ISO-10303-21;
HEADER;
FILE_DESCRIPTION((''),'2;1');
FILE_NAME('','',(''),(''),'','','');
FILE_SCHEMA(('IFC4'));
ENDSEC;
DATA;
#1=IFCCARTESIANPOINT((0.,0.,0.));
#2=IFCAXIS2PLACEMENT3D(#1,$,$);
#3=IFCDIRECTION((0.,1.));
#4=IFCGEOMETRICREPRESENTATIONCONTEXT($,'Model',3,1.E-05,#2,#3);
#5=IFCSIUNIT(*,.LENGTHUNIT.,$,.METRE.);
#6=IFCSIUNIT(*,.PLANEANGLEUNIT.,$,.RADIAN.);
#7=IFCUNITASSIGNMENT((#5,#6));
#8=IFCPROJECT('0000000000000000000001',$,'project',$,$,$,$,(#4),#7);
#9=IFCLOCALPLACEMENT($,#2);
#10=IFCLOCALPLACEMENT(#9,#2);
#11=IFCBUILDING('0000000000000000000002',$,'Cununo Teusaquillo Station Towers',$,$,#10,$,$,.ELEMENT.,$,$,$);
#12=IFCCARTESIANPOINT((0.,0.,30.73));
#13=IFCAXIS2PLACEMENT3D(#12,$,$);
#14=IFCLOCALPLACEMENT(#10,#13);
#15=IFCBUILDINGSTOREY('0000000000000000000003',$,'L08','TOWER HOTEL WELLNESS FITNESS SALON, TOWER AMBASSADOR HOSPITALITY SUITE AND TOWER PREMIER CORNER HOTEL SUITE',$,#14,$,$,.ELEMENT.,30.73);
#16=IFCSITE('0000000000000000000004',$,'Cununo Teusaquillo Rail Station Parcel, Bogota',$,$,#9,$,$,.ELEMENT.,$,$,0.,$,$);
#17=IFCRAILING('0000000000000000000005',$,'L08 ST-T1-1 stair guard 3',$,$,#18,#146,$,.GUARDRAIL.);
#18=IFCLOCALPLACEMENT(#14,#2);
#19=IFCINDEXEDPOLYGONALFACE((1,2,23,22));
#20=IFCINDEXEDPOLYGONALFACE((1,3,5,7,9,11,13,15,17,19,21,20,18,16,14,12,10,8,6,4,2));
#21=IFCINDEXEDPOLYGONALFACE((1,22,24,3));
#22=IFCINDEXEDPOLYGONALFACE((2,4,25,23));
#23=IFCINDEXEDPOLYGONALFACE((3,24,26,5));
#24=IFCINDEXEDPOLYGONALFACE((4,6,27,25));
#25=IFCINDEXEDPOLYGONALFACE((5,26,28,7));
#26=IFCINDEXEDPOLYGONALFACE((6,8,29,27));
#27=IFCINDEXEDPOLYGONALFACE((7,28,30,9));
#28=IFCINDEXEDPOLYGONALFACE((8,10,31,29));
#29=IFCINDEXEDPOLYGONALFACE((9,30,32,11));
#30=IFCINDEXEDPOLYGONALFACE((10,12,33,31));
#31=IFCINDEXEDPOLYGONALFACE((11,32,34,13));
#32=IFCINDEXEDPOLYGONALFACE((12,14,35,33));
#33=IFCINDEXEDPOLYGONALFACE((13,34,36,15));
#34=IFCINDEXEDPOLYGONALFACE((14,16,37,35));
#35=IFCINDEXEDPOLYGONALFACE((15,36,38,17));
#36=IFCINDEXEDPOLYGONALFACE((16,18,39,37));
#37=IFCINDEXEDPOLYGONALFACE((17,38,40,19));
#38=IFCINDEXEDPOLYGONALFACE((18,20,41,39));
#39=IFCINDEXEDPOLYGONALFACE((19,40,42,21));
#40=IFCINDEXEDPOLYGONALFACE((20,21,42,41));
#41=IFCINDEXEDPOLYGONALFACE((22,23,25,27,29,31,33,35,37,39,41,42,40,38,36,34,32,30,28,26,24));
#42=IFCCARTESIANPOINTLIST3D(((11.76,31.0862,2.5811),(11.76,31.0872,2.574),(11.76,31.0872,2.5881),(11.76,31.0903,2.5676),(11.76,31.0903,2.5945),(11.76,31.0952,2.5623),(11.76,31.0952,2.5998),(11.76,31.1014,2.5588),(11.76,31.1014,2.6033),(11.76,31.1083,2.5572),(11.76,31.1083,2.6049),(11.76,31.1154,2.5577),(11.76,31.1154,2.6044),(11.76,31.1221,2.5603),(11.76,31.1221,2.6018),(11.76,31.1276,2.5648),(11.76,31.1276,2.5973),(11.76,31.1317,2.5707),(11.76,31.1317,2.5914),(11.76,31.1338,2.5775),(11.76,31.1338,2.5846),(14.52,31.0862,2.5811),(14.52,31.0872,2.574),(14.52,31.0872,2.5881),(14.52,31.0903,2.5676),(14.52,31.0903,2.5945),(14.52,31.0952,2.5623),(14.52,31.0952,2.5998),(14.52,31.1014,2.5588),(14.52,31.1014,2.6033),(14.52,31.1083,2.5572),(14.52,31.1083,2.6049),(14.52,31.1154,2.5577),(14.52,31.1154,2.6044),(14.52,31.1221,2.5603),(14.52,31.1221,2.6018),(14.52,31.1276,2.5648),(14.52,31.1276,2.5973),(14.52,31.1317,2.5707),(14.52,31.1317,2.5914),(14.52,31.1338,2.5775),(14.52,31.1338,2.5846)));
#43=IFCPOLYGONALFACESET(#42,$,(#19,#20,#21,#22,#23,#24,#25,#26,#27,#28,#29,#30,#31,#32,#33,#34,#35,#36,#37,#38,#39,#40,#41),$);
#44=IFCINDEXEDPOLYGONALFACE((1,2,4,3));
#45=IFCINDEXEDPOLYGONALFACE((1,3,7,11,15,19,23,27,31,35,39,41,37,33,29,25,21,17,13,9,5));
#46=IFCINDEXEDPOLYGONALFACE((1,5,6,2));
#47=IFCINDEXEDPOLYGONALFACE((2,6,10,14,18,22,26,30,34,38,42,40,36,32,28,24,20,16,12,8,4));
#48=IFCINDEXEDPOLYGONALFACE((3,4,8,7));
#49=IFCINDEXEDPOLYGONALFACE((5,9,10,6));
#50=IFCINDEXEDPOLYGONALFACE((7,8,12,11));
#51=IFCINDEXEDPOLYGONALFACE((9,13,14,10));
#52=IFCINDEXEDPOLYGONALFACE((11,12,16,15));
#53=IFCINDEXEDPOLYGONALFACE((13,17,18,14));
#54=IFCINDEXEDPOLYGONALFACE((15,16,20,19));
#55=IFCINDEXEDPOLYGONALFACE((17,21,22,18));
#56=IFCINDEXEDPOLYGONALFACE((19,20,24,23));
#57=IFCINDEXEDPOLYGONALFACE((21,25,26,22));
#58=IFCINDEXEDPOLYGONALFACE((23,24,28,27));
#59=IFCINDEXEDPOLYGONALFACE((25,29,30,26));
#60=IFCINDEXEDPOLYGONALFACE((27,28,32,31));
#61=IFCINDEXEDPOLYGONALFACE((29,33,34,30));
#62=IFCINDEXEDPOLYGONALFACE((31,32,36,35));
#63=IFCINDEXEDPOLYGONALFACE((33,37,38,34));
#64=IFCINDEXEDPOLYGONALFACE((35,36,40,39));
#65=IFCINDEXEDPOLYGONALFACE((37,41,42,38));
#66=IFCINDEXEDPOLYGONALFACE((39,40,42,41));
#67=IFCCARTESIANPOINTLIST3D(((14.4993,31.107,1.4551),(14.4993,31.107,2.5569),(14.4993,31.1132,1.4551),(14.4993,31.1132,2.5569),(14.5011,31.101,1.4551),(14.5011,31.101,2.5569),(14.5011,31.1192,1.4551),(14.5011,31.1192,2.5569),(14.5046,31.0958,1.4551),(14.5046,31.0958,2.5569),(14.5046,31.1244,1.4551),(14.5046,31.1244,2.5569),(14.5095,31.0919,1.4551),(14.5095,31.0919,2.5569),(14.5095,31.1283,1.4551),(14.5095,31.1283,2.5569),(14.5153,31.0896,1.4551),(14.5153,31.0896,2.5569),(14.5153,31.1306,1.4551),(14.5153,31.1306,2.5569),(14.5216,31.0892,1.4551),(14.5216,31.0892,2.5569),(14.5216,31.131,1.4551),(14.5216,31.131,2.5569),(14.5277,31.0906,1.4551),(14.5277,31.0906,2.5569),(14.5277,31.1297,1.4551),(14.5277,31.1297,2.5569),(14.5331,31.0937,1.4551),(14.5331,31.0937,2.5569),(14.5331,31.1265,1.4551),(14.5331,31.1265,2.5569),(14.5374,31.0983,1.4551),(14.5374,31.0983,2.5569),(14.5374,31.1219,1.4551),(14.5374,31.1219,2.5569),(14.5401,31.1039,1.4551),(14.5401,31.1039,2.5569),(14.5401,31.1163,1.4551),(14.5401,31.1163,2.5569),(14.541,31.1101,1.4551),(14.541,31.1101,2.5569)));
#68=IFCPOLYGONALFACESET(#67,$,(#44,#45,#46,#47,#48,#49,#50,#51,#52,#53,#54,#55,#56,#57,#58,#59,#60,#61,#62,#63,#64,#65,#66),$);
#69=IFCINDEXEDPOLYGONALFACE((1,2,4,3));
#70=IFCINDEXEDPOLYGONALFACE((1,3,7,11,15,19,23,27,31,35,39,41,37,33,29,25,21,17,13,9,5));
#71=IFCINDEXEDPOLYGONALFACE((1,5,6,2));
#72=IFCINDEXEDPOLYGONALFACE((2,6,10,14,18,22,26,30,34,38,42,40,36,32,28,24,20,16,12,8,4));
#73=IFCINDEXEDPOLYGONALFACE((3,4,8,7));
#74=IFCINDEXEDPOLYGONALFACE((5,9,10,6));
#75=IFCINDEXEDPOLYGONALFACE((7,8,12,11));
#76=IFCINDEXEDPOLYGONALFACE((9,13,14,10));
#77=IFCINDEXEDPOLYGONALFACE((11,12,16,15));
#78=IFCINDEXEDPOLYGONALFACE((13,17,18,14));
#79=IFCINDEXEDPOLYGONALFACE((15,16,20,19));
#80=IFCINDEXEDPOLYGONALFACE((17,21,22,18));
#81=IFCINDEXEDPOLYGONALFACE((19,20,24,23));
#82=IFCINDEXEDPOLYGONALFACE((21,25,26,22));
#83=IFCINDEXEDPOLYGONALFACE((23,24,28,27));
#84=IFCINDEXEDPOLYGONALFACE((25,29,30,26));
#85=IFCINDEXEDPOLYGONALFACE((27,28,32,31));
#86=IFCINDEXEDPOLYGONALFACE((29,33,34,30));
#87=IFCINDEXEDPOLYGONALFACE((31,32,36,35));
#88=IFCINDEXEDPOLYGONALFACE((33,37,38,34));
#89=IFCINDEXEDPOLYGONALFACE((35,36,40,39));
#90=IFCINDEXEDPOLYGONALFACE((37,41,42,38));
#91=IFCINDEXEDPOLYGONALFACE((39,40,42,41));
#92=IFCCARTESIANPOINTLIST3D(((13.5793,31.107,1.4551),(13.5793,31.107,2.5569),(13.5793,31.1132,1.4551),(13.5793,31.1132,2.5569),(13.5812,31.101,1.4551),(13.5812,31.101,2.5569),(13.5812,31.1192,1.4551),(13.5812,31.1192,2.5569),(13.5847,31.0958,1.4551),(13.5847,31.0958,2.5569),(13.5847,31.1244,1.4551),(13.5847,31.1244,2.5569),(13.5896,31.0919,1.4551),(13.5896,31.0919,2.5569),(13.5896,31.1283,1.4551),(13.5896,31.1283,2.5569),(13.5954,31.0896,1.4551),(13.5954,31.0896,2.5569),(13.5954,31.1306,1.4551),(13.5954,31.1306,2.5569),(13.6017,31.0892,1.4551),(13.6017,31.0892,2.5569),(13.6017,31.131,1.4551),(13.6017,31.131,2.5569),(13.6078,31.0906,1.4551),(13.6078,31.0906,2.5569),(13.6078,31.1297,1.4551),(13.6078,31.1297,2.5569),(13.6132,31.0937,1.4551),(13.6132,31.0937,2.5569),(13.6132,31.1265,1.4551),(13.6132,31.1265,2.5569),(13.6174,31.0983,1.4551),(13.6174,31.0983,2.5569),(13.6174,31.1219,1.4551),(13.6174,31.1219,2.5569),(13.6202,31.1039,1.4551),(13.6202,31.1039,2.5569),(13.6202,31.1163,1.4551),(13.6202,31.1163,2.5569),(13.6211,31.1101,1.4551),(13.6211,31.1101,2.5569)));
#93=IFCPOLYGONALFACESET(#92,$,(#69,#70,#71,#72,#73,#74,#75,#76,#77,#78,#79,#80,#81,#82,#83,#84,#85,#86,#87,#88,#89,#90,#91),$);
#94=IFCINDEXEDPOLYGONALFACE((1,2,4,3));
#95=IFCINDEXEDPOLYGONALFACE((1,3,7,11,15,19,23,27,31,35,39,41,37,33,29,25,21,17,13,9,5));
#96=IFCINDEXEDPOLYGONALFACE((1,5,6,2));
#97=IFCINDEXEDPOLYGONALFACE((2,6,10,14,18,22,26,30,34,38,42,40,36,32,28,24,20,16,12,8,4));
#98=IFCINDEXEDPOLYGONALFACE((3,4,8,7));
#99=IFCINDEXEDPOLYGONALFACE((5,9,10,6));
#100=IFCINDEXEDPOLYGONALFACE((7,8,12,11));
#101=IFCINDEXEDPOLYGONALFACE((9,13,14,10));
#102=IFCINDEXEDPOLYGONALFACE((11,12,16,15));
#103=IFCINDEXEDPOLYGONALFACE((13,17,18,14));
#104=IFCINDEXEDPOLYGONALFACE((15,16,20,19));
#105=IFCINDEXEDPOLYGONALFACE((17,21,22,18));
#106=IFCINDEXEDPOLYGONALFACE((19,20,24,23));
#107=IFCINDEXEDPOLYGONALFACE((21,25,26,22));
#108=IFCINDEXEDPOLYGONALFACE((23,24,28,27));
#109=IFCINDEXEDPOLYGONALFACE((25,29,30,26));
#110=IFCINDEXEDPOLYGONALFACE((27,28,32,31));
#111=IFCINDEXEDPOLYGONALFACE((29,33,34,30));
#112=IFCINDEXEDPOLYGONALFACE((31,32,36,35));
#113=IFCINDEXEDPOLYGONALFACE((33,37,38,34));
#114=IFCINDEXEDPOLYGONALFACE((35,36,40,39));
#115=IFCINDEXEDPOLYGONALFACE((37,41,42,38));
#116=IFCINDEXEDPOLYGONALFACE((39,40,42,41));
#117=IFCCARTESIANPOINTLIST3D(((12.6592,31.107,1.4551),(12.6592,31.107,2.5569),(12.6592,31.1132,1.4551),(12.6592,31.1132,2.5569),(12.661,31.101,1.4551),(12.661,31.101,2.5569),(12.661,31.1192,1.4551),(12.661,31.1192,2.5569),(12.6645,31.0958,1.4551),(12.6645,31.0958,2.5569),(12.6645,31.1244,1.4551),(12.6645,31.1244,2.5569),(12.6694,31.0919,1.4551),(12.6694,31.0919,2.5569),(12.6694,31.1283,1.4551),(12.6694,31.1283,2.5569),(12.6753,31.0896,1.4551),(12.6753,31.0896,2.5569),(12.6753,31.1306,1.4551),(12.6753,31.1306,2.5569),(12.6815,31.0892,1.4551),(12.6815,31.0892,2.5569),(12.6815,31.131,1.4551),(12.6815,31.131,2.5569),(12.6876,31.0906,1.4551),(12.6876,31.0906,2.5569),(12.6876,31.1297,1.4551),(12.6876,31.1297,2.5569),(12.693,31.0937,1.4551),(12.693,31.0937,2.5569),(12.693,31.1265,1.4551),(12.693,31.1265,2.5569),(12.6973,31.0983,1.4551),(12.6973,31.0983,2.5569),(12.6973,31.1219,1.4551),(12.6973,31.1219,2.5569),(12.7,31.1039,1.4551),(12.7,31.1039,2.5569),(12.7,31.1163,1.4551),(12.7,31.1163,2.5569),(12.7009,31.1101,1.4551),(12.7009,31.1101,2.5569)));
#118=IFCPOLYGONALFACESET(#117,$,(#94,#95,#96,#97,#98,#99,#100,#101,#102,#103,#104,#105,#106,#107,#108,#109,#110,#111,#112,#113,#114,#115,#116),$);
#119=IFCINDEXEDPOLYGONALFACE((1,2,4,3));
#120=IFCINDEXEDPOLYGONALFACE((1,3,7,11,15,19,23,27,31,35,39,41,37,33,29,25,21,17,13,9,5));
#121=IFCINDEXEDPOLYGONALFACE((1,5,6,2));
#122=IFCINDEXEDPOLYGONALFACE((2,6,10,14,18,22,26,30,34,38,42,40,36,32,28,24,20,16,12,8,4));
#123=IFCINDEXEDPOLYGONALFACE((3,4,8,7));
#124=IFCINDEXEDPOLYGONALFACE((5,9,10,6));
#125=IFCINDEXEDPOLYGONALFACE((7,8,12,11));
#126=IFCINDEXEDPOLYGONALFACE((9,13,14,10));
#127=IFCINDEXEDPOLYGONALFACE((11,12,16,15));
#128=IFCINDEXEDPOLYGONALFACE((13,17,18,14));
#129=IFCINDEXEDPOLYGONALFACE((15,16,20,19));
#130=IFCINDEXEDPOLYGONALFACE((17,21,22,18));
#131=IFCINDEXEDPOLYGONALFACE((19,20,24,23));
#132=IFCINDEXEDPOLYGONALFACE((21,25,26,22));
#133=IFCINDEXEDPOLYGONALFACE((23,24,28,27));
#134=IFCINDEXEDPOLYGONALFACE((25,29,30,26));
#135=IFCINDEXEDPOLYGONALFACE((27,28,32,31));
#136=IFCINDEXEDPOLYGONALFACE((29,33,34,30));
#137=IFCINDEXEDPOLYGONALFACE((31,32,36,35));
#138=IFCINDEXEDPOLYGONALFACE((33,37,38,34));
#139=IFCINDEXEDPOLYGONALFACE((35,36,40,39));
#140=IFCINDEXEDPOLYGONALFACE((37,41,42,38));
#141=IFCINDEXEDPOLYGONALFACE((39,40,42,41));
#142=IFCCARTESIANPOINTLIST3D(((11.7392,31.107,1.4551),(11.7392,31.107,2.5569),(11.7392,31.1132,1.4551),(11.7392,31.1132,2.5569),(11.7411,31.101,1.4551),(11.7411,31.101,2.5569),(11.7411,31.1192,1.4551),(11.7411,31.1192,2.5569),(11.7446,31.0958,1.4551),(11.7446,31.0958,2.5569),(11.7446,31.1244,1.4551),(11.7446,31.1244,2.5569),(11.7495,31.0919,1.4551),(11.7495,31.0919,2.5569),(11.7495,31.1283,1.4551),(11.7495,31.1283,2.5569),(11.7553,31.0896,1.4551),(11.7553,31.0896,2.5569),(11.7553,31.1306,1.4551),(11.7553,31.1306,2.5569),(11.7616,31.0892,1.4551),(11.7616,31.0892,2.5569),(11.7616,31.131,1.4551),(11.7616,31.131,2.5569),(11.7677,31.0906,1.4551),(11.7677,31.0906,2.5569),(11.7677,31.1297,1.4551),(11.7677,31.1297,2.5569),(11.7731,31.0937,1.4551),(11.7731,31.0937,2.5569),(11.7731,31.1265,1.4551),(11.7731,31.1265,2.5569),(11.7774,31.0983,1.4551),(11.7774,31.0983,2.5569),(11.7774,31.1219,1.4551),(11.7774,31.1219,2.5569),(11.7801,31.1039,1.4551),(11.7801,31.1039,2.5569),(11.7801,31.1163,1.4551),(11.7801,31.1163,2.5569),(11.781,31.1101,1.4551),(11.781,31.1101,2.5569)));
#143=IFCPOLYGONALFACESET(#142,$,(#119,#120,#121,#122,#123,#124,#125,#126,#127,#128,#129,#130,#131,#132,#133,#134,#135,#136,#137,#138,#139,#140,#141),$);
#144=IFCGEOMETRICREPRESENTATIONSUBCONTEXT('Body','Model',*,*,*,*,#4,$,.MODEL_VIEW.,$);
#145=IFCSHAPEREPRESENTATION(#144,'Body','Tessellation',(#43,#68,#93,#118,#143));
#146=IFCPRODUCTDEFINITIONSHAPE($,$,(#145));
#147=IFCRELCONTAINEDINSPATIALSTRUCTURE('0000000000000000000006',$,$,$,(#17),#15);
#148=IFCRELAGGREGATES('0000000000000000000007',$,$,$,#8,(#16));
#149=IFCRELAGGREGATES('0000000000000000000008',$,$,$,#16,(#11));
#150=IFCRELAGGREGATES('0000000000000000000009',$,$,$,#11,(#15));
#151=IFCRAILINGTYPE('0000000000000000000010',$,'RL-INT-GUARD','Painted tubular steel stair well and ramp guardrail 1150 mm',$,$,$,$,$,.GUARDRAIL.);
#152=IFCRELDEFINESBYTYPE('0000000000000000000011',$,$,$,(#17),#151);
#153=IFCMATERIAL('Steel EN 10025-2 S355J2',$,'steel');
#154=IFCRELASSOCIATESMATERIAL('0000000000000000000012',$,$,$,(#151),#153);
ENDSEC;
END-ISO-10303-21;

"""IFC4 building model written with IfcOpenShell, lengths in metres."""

from ifc_helpers import new_model, si_unit, direction, frame, origin, origin_2d, place, context, subcontext, project, spatial, circle, extrude, material, type_object, element, save


model = new_model("IFC4")

# Units and contexts
model_context = context("Model", 3, precision=1e-05, world=origin(), true_north=direction((0.0, 1.0)))
body_context = subcontext(model_context, "Body", "Model", "MODEL_VIEW")
ifc_project = project(units=[si_unit("LENGTHUNIT", "METRE"), si_unit("PLANEANGLEUNIT", "RADIAN")], contexts=[model_context])

# Site, building, storey
site_placement = place(None, origin())
site = spatial("IfcSite", under=ifc_project, at=site_placement, Name="Cununo Teusaquillo Rail Station Parcel, Bogota", CompositionType="ELEMENT", RefElevation=0.0)
building_placement = place(site_placement, origin())
building = spatial("IfcBuilding", under=site, at=building_placement, Name="Cununo Teusaquillo Station Towers", CompositionType="ELEMENT")
storey_placement = place(building_placement, frame((0.0, 0.0, 30.73)))
storey = spatial("IfcBuildingStorey", under=building, at=storey_placement, Name="L08", Description="TOWER HOTEL WELLNESS FITNESS SALON, TOWER AMBASSADOR HOSPITALITY SUITE AND TOWER PREMIER CORNER HOTEL SUITE", CompositionType="ELEMENT", Elevation=30.73)

# Railing
ifc_material_1 = material(Name="Steel EN 10025-2 S355J2", Category="steel")
railing_type_1 = type_object("IfcRailingType", Name="RL-INT-GUARD", Description="Painted tubular steel stair well and ramp guardrail 1150 mm", PredefinedType="GUARDRAIL", material=ifc_material_1)
railing_1_placement = place(storey_placement, frame((14.52, 31.1101, 1.4551)))
element("IfcRailing", 1, at=railing_1_placement, inside=storey, type_object=railing_type_1, Name="L08 ST-T1-1 stair guard 3", PredefinedType="GUARDRAIL", context=body_context, shape_type="SweptSolid", body=[
    extrude(circle(Radius=0.0239, at=origin_2d()), frame((0.0, 0.0, 1.126), z_axis=(-1.0, 0.0, 0.0), x_axis=(0.0, -1.0, 0.0)), (0.0, 0.0, 1.0), 2.76),
    extrude(circle(Radius=0.021, at=origin_2d()), origin(), (0.0, 0.0, 1.0), 1.1018),
    extrude(circle(Radius=0.021, at=origin_2d()), frame((-0.9199, 0.0, 0.0)), (0.0, 0.0, 1.0), 1.1018),
    extrude(circle(Radius=0.021, at=origin_2d()), frame((-1.8401, 0.0, 0.0)), (0.0, 0.0, 1.0), 1.1018),
    extrude(circle(Radius=0.021, at=origin_2d()), frame((-2.76, 0.0, 0.0)), (0.0, 0.0, 1.0), 1.1018),
])

save(model, "model.ifc")
